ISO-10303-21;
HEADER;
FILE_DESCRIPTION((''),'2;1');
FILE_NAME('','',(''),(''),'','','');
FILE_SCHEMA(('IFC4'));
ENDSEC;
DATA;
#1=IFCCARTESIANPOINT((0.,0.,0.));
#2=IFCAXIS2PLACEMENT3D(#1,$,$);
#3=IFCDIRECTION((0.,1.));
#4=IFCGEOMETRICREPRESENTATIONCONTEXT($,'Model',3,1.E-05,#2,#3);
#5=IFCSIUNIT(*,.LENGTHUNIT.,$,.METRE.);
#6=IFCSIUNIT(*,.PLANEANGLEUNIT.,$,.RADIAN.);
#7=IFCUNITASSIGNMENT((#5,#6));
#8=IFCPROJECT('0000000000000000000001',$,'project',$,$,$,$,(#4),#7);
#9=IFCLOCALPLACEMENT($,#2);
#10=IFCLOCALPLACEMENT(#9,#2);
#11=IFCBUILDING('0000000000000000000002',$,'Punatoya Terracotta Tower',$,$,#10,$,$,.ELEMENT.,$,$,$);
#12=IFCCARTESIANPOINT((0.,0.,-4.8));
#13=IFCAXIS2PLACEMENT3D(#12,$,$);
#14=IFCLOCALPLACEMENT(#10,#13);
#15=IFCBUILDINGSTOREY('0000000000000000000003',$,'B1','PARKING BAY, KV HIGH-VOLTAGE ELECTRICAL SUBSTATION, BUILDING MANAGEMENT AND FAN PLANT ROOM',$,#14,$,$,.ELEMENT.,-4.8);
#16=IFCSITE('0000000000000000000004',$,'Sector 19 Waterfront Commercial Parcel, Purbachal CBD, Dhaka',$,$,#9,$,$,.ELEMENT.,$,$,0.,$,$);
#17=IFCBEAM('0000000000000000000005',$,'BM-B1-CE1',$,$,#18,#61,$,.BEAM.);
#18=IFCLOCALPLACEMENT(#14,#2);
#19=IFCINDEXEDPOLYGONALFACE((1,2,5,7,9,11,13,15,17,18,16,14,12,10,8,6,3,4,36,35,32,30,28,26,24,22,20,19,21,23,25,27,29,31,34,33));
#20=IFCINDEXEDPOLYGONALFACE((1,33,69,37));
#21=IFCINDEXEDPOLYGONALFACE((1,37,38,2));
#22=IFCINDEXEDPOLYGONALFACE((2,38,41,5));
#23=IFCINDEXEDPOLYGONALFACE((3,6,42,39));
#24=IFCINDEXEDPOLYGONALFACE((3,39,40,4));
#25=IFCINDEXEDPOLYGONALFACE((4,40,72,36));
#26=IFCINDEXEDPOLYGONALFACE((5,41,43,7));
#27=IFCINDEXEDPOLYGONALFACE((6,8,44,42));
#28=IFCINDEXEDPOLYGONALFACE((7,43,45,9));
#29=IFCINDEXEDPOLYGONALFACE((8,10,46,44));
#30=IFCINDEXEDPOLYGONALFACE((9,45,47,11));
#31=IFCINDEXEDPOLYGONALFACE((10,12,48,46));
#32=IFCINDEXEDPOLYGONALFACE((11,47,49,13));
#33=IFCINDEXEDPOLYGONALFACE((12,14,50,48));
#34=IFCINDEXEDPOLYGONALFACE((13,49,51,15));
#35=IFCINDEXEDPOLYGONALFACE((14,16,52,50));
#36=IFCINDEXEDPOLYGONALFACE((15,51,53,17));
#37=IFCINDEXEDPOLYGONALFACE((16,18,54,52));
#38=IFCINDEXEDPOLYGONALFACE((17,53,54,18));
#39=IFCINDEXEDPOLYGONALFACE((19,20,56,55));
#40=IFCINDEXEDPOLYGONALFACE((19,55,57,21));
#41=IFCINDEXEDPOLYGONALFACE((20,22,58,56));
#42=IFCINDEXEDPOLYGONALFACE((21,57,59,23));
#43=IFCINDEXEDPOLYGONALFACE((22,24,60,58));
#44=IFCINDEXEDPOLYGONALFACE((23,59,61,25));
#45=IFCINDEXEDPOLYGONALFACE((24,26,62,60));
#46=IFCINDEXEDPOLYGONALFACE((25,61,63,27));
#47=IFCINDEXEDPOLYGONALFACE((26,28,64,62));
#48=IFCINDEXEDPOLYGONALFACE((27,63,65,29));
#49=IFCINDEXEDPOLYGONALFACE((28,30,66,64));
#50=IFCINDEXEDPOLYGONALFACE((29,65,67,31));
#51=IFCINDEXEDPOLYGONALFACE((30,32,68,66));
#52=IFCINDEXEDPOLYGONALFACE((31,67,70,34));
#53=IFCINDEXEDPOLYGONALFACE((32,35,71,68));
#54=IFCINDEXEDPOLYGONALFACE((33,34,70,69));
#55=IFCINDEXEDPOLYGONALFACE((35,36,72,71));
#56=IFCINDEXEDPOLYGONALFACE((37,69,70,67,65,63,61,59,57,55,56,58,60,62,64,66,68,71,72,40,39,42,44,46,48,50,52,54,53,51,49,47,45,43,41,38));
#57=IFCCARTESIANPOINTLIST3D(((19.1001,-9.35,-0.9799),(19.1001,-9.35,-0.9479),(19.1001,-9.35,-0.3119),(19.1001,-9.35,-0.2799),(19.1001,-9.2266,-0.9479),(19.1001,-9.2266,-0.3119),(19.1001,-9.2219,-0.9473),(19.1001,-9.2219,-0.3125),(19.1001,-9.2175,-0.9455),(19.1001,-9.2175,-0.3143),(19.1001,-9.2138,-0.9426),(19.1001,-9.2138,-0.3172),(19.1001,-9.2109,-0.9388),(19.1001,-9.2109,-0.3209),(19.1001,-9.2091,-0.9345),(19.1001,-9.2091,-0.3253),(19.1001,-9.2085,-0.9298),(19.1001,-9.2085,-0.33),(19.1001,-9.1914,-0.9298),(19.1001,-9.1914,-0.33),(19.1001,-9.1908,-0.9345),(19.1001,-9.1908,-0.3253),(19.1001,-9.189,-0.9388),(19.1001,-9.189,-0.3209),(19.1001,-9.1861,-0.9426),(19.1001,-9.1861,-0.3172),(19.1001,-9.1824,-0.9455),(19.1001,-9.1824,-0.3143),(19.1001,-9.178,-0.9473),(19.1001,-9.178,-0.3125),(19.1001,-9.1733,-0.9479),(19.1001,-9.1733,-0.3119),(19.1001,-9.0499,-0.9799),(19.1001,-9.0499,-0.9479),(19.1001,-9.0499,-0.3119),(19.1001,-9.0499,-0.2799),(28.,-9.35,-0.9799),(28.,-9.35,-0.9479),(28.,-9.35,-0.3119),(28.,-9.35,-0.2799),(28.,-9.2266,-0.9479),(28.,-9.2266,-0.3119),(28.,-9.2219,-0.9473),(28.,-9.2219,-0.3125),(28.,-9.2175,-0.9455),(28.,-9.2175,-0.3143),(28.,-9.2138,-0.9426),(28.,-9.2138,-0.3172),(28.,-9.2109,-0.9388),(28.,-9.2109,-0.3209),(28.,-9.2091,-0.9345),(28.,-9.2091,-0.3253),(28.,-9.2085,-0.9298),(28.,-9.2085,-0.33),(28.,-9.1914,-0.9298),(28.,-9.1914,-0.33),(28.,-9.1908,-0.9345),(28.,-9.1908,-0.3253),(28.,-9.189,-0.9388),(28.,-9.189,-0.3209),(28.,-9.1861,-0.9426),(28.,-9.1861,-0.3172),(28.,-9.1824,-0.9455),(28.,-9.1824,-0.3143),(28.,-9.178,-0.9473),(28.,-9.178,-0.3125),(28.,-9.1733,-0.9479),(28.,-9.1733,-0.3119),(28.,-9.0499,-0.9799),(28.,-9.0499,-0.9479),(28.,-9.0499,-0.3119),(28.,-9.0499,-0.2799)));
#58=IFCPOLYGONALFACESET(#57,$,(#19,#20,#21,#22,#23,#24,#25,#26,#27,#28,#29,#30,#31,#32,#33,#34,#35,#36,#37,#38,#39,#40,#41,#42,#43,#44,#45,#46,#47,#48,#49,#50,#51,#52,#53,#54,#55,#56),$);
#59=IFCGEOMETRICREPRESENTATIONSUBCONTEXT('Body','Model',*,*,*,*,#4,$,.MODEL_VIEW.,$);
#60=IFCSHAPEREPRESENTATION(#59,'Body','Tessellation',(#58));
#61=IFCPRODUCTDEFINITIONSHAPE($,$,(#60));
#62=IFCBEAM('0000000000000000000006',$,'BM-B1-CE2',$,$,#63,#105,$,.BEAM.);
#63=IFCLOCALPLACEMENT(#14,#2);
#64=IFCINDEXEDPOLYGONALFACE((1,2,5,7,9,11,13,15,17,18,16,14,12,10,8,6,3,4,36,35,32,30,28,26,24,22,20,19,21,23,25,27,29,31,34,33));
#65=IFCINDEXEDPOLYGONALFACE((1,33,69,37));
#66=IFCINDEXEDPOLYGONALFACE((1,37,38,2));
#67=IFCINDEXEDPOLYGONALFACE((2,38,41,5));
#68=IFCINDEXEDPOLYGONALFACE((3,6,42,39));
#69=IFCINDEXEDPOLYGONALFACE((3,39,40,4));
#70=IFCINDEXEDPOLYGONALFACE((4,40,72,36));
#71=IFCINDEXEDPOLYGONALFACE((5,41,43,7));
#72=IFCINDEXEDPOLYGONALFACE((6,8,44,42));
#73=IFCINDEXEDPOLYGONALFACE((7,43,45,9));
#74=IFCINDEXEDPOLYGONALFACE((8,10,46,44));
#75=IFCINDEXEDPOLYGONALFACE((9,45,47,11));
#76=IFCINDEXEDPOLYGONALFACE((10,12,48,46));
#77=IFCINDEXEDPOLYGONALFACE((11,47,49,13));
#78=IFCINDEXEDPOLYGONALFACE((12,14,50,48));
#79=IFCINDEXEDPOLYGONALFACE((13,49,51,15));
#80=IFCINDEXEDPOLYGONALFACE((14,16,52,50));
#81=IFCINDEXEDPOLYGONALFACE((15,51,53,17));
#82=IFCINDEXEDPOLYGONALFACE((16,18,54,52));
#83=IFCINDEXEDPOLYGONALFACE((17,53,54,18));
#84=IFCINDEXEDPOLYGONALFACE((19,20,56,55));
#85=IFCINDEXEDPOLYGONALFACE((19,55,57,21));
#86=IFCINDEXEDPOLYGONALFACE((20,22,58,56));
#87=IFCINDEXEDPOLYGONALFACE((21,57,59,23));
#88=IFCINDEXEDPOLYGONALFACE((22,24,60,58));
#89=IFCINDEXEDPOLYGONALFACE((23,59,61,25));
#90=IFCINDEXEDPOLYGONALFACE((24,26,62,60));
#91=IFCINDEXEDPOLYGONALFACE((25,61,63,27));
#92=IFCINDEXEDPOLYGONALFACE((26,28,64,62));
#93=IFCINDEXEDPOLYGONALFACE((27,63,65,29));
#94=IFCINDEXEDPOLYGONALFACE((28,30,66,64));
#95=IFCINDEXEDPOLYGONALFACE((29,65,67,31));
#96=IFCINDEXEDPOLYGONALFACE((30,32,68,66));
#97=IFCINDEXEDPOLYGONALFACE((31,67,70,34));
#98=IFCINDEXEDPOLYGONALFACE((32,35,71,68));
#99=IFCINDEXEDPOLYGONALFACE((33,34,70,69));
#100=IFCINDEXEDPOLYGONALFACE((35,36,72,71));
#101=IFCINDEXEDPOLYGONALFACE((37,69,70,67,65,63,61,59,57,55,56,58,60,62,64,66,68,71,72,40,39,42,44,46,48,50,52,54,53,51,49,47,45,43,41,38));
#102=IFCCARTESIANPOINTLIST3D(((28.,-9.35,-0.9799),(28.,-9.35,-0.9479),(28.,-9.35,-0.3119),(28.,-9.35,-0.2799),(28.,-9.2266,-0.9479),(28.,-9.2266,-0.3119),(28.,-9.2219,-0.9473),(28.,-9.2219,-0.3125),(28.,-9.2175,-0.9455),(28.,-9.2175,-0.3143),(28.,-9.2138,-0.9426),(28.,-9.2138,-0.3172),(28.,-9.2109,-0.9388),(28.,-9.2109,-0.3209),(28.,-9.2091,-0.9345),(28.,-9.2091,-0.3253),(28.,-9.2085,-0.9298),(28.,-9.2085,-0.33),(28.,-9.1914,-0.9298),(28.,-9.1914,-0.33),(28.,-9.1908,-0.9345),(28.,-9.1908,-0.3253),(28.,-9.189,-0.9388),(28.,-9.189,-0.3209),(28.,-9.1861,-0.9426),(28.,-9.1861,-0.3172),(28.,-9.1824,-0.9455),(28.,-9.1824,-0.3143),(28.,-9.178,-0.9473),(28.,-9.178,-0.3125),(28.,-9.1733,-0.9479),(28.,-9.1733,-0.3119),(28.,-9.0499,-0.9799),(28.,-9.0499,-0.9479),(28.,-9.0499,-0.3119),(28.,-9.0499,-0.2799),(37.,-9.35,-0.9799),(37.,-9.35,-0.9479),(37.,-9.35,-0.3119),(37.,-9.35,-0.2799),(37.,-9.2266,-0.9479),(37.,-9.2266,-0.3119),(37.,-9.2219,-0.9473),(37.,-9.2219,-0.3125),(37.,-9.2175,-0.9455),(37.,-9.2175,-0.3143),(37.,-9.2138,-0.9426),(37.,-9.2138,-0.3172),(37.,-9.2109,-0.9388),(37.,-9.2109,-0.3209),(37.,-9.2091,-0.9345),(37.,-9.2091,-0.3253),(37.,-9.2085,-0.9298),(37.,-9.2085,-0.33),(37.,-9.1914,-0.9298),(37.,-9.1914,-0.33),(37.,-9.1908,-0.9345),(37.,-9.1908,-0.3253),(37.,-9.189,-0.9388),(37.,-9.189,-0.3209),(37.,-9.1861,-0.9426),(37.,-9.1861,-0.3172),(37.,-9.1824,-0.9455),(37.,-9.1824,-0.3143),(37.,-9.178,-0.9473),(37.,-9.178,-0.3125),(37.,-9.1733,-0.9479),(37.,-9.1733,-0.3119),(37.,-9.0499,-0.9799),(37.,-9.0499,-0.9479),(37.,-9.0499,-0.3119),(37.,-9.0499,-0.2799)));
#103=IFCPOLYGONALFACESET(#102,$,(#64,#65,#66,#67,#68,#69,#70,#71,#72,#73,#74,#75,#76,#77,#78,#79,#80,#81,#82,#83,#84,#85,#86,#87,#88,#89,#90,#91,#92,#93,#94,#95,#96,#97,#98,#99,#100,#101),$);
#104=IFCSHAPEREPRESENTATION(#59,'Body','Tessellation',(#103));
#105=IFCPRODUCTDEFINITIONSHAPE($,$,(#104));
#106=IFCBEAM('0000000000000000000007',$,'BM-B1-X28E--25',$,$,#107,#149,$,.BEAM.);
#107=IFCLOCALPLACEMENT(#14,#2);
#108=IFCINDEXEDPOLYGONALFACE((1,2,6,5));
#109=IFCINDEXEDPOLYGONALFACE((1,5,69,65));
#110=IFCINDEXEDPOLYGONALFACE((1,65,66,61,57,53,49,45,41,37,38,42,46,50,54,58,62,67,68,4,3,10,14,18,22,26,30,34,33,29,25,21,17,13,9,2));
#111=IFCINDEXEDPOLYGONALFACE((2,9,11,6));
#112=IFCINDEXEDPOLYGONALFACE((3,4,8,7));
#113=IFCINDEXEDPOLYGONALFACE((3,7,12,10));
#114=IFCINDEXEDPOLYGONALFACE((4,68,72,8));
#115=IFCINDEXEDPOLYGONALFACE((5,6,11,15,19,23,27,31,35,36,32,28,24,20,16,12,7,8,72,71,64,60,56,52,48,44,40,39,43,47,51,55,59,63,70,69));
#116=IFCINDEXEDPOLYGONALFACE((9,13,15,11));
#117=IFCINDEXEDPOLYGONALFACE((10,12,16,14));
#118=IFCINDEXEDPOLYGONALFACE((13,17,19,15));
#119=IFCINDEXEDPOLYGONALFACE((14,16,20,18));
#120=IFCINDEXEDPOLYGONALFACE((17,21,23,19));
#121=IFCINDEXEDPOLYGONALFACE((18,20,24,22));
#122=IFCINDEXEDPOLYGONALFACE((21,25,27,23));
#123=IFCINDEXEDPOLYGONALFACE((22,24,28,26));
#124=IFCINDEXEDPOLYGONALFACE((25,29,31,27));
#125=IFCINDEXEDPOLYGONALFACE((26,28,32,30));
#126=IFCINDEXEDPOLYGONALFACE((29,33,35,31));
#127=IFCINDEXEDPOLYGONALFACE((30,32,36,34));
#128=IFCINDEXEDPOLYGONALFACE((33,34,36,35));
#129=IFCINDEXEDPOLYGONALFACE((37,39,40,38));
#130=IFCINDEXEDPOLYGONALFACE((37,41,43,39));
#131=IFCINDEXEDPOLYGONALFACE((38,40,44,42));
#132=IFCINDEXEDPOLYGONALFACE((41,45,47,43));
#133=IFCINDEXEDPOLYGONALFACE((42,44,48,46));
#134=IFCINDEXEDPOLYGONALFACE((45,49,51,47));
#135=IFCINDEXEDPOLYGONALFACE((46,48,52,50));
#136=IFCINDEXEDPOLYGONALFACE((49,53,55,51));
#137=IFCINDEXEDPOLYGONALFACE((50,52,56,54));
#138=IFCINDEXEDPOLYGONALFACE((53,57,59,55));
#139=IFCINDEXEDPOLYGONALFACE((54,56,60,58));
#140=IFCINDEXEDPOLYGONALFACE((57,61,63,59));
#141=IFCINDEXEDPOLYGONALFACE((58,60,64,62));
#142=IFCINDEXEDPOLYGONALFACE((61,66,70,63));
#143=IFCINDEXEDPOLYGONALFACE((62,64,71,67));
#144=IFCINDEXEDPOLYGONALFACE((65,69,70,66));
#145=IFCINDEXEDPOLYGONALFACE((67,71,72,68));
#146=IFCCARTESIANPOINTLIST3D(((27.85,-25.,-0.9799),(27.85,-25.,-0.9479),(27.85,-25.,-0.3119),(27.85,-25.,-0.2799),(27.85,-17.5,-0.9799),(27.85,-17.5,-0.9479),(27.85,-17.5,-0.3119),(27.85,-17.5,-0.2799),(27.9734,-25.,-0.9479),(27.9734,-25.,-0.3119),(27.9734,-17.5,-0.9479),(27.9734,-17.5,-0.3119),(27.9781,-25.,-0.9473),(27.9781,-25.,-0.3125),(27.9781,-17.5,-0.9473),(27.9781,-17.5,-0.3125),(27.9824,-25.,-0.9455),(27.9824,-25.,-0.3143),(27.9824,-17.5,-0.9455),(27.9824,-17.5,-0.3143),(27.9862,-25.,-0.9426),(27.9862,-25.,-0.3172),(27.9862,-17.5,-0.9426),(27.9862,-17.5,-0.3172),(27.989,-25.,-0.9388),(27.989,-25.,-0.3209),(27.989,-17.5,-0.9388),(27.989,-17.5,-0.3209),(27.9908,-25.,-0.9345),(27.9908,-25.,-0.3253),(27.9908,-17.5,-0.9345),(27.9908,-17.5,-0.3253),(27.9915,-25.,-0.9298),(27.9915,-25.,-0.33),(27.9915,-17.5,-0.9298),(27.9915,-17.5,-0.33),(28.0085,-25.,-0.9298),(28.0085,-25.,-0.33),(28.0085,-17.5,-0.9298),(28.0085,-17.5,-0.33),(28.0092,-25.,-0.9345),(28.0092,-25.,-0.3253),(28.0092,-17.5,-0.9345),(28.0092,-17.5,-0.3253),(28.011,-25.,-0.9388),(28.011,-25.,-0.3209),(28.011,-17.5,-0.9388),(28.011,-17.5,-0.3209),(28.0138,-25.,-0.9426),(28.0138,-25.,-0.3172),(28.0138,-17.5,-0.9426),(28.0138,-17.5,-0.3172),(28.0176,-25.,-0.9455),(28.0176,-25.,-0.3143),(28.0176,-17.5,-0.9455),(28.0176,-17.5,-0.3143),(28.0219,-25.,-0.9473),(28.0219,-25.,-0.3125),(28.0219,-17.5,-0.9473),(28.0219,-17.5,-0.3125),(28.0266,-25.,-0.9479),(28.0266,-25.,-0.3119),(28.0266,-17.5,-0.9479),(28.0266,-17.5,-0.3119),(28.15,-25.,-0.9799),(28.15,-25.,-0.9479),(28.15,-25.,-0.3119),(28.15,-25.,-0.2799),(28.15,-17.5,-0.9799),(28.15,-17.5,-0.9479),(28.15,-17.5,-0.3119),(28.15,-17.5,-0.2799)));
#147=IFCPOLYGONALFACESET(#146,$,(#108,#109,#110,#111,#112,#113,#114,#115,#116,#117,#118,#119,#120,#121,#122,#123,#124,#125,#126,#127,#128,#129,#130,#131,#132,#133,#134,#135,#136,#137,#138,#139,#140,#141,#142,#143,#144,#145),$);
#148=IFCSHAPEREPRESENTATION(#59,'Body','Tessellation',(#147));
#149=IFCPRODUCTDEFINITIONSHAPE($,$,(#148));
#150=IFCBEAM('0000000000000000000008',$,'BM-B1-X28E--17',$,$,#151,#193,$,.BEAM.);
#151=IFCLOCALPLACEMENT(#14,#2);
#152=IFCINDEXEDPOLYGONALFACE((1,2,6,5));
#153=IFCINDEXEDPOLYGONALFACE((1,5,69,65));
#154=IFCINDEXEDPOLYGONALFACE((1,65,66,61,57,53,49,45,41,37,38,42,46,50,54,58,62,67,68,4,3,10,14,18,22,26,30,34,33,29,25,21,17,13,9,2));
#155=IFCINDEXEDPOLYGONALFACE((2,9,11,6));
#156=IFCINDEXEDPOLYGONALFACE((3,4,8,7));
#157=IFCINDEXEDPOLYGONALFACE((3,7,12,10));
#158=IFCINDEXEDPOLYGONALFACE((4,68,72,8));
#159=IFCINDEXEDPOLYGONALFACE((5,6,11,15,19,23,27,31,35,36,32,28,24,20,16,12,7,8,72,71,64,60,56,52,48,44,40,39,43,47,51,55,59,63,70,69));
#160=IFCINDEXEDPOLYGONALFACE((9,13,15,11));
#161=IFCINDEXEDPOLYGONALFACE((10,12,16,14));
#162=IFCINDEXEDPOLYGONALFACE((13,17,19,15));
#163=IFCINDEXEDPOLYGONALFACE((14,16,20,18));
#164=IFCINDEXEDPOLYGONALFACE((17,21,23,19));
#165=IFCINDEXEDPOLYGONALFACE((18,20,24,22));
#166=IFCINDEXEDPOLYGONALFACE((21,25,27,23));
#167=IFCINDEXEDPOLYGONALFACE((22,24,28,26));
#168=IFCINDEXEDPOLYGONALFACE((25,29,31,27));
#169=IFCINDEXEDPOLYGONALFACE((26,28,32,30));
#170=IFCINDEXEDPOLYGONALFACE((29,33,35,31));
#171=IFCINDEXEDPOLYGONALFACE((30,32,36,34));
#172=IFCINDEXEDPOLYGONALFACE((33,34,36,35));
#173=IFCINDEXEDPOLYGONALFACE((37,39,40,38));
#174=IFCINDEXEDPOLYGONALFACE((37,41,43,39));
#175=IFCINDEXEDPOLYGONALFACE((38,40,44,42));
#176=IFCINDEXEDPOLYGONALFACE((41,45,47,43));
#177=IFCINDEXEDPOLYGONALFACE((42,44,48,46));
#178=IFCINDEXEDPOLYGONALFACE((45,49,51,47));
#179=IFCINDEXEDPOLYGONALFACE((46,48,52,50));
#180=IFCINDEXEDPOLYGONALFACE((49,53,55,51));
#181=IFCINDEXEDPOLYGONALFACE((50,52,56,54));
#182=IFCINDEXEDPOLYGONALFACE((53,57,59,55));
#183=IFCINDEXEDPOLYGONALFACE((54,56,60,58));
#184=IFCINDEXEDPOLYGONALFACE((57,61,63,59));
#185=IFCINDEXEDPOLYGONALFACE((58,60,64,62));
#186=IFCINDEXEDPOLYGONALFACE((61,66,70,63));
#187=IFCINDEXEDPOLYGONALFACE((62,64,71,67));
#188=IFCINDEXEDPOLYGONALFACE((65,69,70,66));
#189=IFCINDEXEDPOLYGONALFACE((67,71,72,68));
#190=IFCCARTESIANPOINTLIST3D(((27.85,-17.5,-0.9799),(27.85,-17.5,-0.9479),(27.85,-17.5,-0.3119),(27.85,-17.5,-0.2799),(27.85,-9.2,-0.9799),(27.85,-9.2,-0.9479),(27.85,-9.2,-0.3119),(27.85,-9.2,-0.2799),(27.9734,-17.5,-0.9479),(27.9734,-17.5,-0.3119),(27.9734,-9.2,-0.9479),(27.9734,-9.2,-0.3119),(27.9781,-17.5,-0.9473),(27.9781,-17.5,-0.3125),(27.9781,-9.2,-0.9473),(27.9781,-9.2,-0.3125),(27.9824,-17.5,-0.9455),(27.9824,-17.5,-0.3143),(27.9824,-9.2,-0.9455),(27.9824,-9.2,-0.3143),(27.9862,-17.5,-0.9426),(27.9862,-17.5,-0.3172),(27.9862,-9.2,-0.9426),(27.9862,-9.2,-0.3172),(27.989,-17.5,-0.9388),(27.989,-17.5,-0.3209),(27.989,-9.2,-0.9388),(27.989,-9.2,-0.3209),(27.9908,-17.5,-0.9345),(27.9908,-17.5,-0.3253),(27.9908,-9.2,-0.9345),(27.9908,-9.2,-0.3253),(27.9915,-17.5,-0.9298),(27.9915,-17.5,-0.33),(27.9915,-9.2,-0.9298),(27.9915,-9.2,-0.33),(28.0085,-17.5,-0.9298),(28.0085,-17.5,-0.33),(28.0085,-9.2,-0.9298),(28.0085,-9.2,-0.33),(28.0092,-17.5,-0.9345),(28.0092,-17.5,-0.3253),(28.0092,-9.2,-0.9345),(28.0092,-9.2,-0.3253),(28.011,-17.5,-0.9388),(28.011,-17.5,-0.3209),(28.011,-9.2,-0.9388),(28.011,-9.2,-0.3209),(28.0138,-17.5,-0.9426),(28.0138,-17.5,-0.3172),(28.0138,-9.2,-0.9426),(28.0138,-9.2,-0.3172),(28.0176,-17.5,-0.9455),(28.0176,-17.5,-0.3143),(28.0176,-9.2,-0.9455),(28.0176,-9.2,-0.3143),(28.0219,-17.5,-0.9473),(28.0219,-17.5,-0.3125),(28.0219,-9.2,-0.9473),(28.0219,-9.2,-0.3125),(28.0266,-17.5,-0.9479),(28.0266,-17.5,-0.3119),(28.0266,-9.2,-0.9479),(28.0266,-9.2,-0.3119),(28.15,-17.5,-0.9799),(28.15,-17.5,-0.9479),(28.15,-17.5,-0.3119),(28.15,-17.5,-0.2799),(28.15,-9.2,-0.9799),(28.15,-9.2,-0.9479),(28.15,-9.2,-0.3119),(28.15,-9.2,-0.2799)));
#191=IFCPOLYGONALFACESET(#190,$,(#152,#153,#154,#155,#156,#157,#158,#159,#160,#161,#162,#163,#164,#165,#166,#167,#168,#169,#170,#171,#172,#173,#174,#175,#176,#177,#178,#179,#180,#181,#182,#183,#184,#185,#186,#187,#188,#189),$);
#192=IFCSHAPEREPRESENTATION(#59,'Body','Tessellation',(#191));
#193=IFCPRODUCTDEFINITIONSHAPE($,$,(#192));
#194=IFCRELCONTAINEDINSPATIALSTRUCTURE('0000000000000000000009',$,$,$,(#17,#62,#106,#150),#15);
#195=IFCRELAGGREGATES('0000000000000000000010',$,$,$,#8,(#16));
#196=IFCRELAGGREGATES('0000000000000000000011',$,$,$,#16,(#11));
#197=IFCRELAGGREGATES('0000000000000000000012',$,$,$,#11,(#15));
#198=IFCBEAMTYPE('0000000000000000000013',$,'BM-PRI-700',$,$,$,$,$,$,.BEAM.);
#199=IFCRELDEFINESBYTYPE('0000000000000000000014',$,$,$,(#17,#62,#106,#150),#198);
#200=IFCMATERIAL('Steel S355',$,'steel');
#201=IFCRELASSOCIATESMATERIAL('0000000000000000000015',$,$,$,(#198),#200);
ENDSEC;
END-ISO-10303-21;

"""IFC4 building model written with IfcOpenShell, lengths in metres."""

from ifc_helpers import new_model, si_unit, direction, frame, origin, origin_2d, place, context, subcontext, project, spatial, i_section, extrude, material, material_profile, profile_set, type_object, element, save


model = new_model("IFC4")

# Units and contexts
model_context = context("Model", 3, precision=1e-05, world=origin(), true_north=direction((0.0, 1.0)))
body_context = subcontext(model_context, "Body", "Model", "MODEL_VIEW")
ifc_project = project(units=[si_unit("LENGTHUNIT", "METRE"), si_unit("PLANEANGLEUNIT", "RADIAN")], contexts=[model_context])

# Site, building, storey
site_placement = place(None, origin())
site = spatial("IfcSite", under=ifc_project, at=site_placement, Name="Sector 19 Waterfront Commercial Parcel, Purbachal CBD, Dhaka", CompositionType="ELEMENT", RefElevation=0.0)
building_placement = place(site_placement, origin())
building = spatial("IfcBuilding", under=site, at=building_placement, Name="Punatoya Terracotta Tower", CompositionType="ELEMENT")
storey_placement = place(building_placement, frame((0.0, 0.0, -4.8)))
storey = spatial("IfcBuildingStorey", under=building, at=storey_placement, Name="B1", Description="PARKING BAY, KV HIGH-VOLTAGE ELECTRICAL SUBSTATION, BUILDING MANAGEMENT AND FAN PLANT ROOM", CompositionType="ELEMENT", Elevation=-4.8)

# Beams
ifc_material_1 = material(Name="Steel S355", Category="steel")
ifc_material_profile_1 = material_profile(ifc_material_1, i_section(OverallWidth=0.3, OverallDepth=0.7, WebThickness=0.0171, FlangeThickness=0.032, FilletRadius=0.0181, at=origin_2d()))
ifc_profile_set_1 = profile_set([ifc_material_profile_1], Name="Steel S355")
beam_type_1 = type_object("IfcBeamType", Name="BM-PRI-700", PredefinedType="BEAM", material=ifc_profile_set_1)
beam_1_placement = place(storey_placement, frame((19.1001, -9.2, -0.6299), z_axis=(1.0, 0.0, 0.0), x_axis=(0.0, 1.0, 0.0)))
element("IfcBeam", 1, at=beam_1_placement, inside=storey, type_object=beam_type_1, Name="BM-B1-CE1", PredefinedType="BEAM", context=body_context, shape_type="SweptSolid", body=[
    extrude(i_section(OverallWidth=0.3, OverallDepth=0.7, WebThickness=0.0171, FlangeThickness=0.032, FilletRadius=0.0181, at=origin_2d()), origin(), (0.0, 0.0, 1.0), 8.8999),
])
beam_2_placement = place(storey_placement, frame((28.0, -9.2, -0.6299), z_axis=(1.0, 0.0, 0.0), x_axis=(0.0, 1.0, 0.0)))
element("IfcBeam", 2, at=beam_2_placement, inside=storey, type_object=beam_type_1, Name="BM-B1-CE2", PredefinedType="BEAM", context=body_context, shape_type="SweptSolid", body=[
    extrude(i_section(OverallWidth=0.3, OverallDepth=0.7, WebThickness=0.0171, FlangeThickness=0.032, FilletRadius=0.0181, at=origin_2d()), origin(), (0.0, 0.0, 1.0), 9.0),
])
beam_3_placement = place(storey_placement, frame((28.0, -25.0, -0.6299), z_axis=(0.0, 1.0, 0.0), x_axis=(-1.0, 0.0, 0.0)))
element("IfcBeam", 3, at=beam_3_placement, inside=storey, type_object=beam_type_1, Name="BM-B1-X28E--25", PredefinedType="BEAM", context=body_context, shape_type="SweptSolid", body=[
    extrude(i_section(OverallWidth=0.3, OverallDepth=0.7, WebThickness=0.0171, FlangeThickness=0.032, FilletRadius=0.0181, at=origin_2d()), origin(), (0.0, 0.0, 1.0), 7.5),
])
beam_4_placement = place(storey_placement, frame((28.0, -17.5, -0.6299), z_axis=(0.0, 1.0, 0.0), x_axis=(-1.0, 0.0, 0.0)))
element("IfcBeam", 4, at=beam_4_placement, inside=storey, type_object=beam_type_1, Name="BM-B1-X28E--17", PredefinedType="BEAM", context=body_context, shape_type="SweptSolid", body=[
    extrude(i_section(OverallWidth=0.3, OverallDepth=0.7, WebThickness=0.0171, FlangeThickness=0.032, FilletRadius=0.0181, at=origin_2d()), origin(), (0.0, 0.0, 1.0), 8.3),
])

save(model, "model.ifc")
